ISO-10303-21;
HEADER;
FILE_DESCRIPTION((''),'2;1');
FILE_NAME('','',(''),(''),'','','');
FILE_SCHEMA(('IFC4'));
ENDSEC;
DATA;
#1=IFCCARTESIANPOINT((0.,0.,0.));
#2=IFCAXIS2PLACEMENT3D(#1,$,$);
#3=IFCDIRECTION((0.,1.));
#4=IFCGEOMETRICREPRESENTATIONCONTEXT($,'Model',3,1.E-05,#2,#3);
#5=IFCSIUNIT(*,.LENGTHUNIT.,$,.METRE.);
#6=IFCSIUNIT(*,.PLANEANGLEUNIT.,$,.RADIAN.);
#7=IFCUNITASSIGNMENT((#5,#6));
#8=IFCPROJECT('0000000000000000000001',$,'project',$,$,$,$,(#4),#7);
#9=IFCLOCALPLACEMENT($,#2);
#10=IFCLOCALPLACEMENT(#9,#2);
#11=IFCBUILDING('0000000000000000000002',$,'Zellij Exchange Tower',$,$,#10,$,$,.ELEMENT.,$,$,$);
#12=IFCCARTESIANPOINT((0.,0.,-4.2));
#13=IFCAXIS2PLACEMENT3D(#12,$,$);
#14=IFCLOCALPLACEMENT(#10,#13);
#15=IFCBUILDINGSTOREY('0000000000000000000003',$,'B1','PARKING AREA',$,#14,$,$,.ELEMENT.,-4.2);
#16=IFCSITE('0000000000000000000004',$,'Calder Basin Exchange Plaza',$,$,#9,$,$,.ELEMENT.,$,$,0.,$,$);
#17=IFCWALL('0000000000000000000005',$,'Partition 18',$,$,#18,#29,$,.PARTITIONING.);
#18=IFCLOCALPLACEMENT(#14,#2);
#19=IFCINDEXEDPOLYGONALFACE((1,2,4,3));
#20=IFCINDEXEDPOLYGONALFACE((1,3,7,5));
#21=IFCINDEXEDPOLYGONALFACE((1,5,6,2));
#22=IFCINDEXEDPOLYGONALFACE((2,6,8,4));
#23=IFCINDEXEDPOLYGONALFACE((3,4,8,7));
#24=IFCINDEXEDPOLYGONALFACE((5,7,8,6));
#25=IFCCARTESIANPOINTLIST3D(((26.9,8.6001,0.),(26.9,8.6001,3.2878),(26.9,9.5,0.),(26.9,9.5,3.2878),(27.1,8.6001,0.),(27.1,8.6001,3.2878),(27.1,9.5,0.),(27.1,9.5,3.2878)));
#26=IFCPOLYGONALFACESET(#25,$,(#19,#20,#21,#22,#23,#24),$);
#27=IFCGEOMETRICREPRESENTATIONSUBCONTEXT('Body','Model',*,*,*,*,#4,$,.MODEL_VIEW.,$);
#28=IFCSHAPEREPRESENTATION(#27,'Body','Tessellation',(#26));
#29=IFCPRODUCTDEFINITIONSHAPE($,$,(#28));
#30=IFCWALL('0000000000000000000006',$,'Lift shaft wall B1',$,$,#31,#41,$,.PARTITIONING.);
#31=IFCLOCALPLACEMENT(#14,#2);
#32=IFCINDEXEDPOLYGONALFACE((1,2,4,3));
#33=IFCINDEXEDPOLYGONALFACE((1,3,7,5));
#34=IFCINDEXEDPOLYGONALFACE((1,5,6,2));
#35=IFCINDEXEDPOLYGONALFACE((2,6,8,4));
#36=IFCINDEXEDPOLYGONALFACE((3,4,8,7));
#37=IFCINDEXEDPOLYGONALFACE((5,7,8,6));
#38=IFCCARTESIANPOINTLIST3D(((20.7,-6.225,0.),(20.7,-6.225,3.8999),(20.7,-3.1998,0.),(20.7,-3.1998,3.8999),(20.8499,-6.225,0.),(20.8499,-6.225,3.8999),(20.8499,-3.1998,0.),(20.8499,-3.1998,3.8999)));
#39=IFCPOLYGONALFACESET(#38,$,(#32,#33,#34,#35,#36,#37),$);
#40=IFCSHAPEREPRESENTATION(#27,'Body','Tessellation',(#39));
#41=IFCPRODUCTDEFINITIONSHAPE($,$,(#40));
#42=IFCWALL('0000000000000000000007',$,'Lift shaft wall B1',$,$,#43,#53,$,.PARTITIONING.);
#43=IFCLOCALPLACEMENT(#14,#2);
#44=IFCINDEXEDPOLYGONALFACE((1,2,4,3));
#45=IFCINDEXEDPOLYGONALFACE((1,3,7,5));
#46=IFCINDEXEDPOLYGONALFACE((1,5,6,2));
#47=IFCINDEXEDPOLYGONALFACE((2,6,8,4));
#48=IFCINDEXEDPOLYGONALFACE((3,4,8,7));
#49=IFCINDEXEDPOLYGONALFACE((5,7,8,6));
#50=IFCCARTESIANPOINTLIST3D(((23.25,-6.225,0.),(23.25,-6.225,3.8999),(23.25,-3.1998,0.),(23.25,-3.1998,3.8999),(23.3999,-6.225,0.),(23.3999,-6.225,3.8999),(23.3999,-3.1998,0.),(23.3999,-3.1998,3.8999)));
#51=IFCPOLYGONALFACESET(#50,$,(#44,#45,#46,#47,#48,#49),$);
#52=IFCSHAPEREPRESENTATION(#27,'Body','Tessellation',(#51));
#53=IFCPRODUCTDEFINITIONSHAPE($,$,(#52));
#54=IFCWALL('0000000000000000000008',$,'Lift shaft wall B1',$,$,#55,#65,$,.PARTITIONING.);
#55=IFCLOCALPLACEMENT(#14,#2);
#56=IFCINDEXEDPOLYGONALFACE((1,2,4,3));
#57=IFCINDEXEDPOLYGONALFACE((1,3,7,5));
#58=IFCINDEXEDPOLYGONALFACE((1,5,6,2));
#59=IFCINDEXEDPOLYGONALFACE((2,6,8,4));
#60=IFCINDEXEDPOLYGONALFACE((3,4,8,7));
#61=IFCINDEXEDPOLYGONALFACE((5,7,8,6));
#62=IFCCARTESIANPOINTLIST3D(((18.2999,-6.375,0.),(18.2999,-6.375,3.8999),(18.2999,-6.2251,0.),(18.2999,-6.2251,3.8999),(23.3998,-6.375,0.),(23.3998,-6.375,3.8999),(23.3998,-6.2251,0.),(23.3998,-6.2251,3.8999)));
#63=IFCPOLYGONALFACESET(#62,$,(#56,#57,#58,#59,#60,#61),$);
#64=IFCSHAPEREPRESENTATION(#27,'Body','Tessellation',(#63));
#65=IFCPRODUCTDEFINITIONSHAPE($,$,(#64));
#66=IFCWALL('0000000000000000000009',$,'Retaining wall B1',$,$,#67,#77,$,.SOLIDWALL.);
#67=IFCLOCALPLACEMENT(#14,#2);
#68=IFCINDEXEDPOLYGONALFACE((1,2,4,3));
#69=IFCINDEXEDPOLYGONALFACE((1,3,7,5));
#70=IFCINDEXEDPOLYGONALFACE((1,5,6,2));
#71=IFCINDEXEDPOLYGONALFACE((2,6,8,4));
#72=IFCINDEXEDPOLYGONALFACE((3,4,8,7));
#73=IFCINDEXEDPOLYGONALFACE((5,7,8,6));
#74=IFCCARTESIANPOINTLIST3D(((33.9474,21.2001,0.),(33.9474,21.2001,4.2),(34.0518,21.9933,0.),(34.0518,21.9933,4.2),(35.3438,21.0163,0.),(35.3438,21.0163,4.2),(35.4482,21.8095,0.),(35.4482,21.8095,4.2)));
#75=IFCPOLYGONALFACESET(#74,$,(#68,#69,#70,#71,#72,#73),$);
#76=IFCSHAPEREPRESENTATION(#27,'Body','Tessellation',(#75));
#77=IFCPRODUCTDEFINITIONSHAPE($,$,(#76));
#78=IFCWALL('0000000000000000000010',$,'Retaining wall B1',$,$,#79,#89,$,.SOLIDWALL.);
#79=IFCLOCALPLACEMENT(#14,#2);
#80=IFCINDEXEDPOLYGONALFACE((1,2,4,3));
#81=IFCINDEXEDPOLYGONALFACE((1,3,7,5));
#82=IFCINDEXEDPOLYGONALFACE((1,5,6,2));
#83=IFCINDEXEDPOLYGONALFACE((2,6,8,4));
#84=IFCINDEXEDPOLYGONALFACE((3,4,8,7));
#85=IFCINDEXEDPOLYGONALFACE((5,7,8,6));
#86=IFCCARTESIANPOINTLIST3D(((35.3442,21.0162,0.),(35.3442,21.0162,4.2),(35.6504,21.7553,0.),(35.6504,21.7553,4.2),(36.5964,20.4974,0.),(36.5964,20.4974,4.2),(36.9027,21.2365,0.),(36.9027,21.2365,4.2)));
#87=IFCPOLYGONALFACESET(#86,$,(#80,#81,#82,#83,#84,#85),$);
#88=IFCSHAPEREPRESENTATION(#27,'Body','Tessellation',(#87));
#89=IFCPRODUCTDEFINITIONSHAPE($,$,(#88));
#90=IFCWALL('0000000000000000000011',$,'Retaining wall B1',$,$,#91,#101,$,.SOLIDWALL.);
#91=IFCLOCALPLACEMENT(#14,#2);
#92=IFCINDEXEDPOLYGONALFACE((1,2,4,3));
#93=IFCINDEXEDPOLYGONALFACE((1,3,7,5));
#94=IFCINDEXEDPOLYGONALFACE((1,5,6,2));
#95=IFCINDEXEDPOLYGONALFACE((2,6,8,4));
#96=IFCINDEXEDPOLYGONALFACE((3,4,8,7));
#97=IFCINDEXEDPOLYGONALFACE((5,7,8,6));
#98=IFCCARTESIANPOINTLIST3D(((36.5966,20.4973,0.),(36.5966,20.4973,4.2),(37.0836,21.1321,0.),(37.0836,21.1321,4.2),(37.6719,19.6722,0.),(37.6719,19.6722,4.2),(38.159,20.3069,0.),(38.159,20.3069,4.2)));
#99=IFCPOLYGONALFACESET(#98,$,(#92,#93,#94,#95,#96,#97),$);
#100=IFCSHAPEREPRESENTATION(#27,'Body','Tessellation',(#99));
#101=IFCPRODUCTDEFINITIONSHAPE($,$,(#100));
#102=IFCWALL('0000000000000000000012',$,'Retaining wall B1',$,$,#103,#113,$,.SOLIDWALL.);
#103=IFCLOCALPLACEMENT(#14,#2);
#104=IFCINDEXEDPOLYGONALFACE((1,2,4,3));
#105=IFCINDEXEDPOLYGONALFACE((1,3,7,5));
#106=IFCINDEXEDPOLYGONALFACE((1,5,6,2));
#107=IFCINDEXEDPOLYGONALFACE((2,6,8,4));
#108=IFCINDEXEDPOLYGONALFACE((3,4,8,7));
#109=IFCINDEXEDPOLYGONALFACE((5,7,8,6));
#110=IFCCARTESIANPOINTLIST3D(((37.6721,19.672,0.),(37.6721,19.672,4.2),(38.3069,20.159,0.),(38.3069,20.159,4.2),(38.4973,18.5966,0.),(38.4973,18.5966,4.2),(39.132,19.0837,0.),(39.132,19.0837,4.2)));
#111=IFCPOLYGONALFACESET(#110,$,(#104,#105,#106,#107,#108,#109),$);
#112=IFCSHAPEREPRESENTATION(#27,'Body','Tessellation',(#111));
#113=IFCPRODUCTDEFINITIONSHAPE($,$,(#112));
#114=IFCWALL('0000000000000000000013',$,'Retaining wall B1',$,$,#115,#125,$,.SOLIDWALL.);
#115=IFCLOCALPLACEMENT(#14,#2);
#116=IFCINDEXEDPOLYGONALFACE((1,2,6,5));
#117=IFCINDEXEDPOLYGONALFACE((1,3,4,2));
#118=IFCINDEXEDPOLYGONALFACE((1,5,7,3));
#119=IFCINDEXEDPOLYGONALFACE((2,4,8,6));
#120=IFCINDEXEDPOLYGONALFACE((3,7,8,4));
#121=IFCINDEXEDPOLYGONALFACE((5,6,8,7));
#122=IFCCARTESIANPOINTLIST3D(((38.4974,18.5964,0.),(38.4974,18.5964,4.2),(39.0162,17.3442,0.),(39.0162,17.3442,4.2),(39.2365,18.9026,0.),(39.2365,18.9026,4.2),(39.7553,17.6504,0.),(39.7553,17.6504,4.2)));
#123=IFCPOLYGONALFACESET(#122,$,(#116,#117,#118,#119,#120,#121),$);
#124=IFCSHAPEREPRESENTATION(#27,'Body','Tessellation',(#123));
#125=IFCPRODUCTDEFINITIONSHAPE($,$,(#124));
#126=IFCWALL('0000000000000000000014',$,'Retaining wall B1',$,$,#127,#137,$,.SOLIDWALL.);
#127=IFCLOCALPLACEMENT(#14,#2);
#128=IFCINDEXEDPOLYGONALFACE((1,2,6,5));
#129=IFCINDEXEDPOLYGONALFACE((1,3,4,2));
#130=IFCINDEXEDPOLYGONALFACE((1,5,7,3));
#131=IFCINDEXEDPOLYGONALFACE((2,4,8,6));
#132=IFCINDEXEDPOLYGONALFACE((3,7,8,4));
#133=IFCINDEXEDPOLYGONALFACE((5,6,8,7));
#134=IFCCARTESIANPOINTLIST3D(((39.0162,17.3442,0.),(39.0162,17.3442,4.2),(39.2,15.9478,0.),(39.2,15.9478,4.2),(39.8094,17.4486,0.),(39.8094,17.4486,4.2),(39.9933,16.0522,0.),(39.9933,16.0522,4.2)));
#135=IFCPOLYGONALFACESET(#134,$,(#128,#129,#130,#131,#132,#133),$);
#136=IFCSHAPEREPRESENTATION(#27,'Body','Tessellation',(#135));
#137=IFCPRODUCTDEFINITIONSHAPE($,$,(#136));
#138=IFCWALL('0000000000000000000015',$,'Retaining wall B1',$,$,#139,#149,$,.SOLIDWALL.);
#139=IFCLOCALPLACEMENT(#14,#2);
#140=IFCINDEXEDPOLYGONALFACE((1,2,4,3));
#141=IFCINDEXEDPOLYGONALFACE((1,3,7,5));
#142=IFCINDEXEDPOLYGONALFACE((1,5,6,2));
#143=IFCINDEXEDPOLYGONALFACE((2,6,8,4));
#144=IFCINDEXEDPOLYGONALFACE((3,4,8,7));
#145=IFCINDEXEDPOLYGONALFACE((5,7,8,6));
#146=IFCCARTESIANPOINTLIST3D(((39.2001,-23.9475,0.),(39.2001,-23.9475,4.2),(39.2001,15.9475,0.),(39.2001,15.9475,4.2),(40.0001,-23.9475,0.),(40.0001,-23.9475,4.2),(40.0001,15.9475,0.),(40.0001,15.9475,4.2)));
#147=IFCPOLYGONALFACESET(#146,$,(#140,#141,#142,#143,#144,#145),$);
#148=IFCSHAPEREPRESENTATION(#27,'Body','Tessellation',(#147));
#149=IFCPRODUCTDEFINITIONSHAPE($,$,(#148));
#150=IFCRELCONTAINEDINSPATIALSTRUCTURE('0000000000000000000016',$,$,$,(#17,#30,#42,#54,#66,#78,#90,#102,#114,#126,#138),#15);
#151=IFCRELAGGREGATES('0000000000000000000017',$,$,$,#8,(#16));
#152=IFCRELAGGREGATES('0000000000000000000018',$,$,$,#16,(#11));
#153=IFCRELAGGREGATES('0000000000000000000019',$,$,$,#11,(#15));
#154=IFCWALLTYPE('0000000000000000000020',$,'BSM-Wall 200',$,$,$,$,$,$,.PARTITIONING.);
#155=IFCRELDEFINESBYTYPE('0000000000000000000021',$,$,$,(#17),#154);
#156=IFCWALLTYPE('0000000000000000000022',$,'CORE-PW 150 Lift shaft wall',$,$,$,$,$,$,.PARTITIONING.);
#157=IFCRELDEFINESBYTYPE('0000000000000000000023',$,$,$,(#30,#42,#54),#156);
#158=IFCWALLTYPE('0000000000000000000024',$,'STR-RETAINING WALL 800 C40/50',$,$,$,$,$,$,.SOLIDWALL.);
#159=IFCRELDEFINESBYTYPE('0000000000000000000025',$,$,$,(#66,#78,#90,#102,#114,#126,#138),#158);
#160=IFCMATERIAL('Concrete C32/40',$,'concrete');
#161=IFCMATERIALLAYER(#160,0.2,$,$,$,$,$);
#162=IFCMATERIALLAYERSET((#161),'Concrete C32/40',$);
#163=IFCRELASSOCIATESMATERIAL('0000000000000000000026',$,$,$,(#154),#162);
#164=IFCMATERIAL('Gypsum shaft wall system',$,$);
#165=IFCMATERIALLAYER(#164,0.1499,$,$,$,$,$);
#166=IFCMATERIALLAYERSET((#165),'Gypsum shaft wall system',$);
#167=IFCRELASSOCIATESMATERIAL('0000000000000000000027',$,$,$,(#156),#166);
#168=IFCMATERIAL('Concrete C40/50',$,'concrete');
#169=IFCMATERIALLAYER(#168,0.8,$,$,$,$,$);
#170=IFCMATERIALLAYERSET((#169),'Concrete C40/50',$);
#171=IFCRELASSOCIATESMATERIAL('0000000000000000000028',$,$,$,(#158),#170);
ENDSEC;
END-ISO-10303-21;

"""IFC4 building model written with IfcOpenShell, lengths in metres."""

from ifc_helpers import new_model, si_unit, direction, frame, frame_2d, origin, place, context, subcontext, project, spatial, rectangle, extrude, material, layer, layer_set, type_object, element, save


model = new_model("IFC4")

# Units and contexts
model_context = context("Model", 3, precision=1e-05, world=origin(), true_north=direction((0.0, 1.0)))
body_context = subcontext(model_context, "Body", "Model", "MODEL_VIEW")
ifc_project = project(units=[si_unit("LENGTHUNIT", "METRE"), si_unit("PLANEANGLEUNIT", "RADIAN")], contexts=[model_context])

# Site, building, storey
site_placement = place(None, origin())
site = spatial("IfcSite", under=ifc_project, at=site_placement, Name="Calder Basin Exchange Plaza", CompositionType="ELEMENT", RefElevation=0.0)
building_placement = place(site_placement, origin())
building = spatial("IfcBuilding", under=site, at=building_placement, Name="Zellij Exchange Tower", CompositionType="ELEMENT")
storey_placement = place(building_placement, frame((0.0, 0.0, -4.2)))
storey = spatial("IfcBuildingStorey", under=building, at=storey_placement, Name="B1", Description="PARKING AREA", CompositionType="ELEMENT", Elevation=-4.2)

# Shared definitions
ifc_material_1 = material(Name="Concrete C32/40", Category="concrete")
ifc_layer_1 = layer(ifc_material_1, 0.2)
ifc_layer_set_1 = layer_set([ifc_layer_1], Name="Concrete C32/40")
wall_type_1 = type_object("IfcWallType", Name="BSM-Wall 200", PredefinedType="PARTITIONING", material=ifc_layer_set_1)

# Walls
wall_1_placement = place(storey_placement, frame((27.0, 8.6001, 0.0), z_axis=(0.0, 0.0, 1.0), x_axis=(0.0, 1.0, 0.0)))
element("IfcWall", 1, at=wall_1_placement, inside=storey, type_object=wall_type_1, Name="Partition 18", PredefinedType="PARTITIONING", context=body_context, shape_type="SweptSolid", body=[
    extrude(rectangle(XDim=0.8999, YDim=0.2, at=frame_2d((0.45, 0.0))), origin(), (0.0, 0.0, 1.0), 3.2878),
])
ifc_material_2 = material(Name="Gypsum shaft wall system")
ifc_layer_2 = layer(ifc_material_2, 0.1499)
ifc_layer_set_2 = layer_set([ifc_layer_2], Name="Gypsum shaft wall system")
wall_type_2 = type_object("IfcWallType", Name="CORE-PW 150 Lift shaft wall", PredefinedType="PARTITIONING", material=ifc_layer_set_2)
for number, where, z_axis, x_axis, name in (
    (2, (20.7749, -6.2251, 0.0), (0.0, 0.0, 1.0), (0.0, 1.0, 0.0), "Lift shaft wall B1"),
    (3, (23.325, -6.2251, 0.0), (0.0, 0.0, 1.0), (0.0, 1.0, 0.0), "Lift shaft wall B1"),
):
    element("IfcWall", number, at=place(storey_placement, frame(where, z_axis=z_axis, x_axis=x_axis)), inside=storey, type_object=wall_type_2, Name=name, PredefinedType="PARTITIONING", context=body_context, shape_type="SweptSolid", body=[
        extrude(rectangle(XDim=3.0251, YDim=0.1499, at=frame_2d((1.5127, 0.0))), origin(), (0.0, 0.0, 1.0), 3.8999),
    ])
wall_2_placement = place(storey_placement, frame((18.3, -6.3, 0.0), z_axis=(0.0, 0.0, 1.0), x_axis=(1.0, 0.0, 0.0)))
element("IfcWall", 4, at=wall_2_placement, inside=storey, type_object=wall_type_2, Name="Lift shaft wall B1", PredefinedType="PARTITIONING", context=body_context, shape_type="SweptSolid", body=[
    extrude(rectangle(XDim=5.0999, YDim=0.1499, at=frame_2d((2.5498, 0.0))), origin(), (0.0, 0.0, 1.0), 3.8999),
])
ifc_material_3 = material(Name="Concrete C40/50", Category="concrete")
ifc_layer_3 = layer(ifc_material_3, 0.8)
ifc_layer_set_3 = layer_set([ifc_layer_3], Name="Concrete C40/50")
wall_type_3 = type_object("IfcWallType", Name="STR-RETAINING WALL 800 C40/50", PredefinedType="SOLIDWALL", material=ifc_layer_set_3)
wall_3_placement = place(storey_placement, frame((33.9998, 21.5967, 0.0), z_axis=(0.0, 0.0, 1.0), x_axis=(0.991446, -0.130517, 0.0)))
element("IfcWall", 5, at=wall_3_placement, inside=storey, type_object=wall_type_3, Name="Retaining wall B1", PredefinedType="SOLIDWALL", context=body_context, shape_type="SweptSolid", body=[
    extrude(rectangle(XDim=1.4084, YDim=0.8, at=frame_2d((0.7041, 0.0))), origin(), (0.0, 0.0, 1.0), 4.2),
])
for number, where, z_axis, x_axis, name in (
    (6, (35.4973, 21.3857, 0.0), (0.0, 0.0, 1.0), (0.923848, -0.38276, 0.0), "Retaining wall B1"),
    (7, (36.8401, 20.8147, 0.0), (0.0, 0.0, 1.0), (0.79336, -0.608753, 0.0), "Retaining wall B1"),
    (8, (37.9895, 19.9155, 0.0), (0.0, 0.0, 1.0), (0.608753, -0.79336, 0.0), "Retaining wall B1"),
    (9, (38.8669, 18.7495, 0.0), (0.0, 0.0, 1.0), (0.38276, -0.923848, 0.0), "Retaining wall B1"),
):
    element("IfcWall", number, at=place(storey_placement, frame(where, z_axis=z_axis, x_axis=x_axis)), inside=storey, type_object=wall_type_3, Name=name, PredefinedType="SOLIDWALL", context=body_context, shape_type="SweptSolid", body=[
        extrude(rectangle(XDim=1.3555, YDim=0.8, at=frame_2d((0.6777, 0.0))), origin(), (0.0, 0.0, 1.0), 4.2),
    ])
wall_4_placement = place(storey_placement, frame((39.4128, 17.3962, 0.0), z_axis=(0.0, 0.0, 1.0), x_axis=(0.130517, -0.991446, 0.0)))
element("IfcWall", 10, at=wall_4_placement, inside=storey, type_object=wall_type_3, Name="Retaining wall B1", PredefinedType="SOLIDWALL", context=body_context, shape_type="SweptSolid", body=[
    extrude(rectangle(XDim=1.4084, YDim=0.8, at=frame_2d((0.7041, 0.0))), origin(), (0.0, 0.0, 1.0), 4.2),
])
wall_5_placement = place(storey_placement, frame((39.6001, 15.9475, 0.0), z_axis=(0.0, 0.0, 1.0), x_axis=(0.0, -1.0, 0.0)))
element("IfcWall", 11, at=wall_5_placement, inside=storey, type_object=wall_type_3, Name="Retaining wall B1", PredefinedType="SOLIDWALL", context=body_context, shape_type="SweptSolid", body=[
    extrude(rectangle(XDim=39.895, YDim=0.8, at=frame_2d((19.9475, 0.0))), origin(), (0.0, 0.0, 1.0), 4.2),
])

save(model, "model.ifc")
